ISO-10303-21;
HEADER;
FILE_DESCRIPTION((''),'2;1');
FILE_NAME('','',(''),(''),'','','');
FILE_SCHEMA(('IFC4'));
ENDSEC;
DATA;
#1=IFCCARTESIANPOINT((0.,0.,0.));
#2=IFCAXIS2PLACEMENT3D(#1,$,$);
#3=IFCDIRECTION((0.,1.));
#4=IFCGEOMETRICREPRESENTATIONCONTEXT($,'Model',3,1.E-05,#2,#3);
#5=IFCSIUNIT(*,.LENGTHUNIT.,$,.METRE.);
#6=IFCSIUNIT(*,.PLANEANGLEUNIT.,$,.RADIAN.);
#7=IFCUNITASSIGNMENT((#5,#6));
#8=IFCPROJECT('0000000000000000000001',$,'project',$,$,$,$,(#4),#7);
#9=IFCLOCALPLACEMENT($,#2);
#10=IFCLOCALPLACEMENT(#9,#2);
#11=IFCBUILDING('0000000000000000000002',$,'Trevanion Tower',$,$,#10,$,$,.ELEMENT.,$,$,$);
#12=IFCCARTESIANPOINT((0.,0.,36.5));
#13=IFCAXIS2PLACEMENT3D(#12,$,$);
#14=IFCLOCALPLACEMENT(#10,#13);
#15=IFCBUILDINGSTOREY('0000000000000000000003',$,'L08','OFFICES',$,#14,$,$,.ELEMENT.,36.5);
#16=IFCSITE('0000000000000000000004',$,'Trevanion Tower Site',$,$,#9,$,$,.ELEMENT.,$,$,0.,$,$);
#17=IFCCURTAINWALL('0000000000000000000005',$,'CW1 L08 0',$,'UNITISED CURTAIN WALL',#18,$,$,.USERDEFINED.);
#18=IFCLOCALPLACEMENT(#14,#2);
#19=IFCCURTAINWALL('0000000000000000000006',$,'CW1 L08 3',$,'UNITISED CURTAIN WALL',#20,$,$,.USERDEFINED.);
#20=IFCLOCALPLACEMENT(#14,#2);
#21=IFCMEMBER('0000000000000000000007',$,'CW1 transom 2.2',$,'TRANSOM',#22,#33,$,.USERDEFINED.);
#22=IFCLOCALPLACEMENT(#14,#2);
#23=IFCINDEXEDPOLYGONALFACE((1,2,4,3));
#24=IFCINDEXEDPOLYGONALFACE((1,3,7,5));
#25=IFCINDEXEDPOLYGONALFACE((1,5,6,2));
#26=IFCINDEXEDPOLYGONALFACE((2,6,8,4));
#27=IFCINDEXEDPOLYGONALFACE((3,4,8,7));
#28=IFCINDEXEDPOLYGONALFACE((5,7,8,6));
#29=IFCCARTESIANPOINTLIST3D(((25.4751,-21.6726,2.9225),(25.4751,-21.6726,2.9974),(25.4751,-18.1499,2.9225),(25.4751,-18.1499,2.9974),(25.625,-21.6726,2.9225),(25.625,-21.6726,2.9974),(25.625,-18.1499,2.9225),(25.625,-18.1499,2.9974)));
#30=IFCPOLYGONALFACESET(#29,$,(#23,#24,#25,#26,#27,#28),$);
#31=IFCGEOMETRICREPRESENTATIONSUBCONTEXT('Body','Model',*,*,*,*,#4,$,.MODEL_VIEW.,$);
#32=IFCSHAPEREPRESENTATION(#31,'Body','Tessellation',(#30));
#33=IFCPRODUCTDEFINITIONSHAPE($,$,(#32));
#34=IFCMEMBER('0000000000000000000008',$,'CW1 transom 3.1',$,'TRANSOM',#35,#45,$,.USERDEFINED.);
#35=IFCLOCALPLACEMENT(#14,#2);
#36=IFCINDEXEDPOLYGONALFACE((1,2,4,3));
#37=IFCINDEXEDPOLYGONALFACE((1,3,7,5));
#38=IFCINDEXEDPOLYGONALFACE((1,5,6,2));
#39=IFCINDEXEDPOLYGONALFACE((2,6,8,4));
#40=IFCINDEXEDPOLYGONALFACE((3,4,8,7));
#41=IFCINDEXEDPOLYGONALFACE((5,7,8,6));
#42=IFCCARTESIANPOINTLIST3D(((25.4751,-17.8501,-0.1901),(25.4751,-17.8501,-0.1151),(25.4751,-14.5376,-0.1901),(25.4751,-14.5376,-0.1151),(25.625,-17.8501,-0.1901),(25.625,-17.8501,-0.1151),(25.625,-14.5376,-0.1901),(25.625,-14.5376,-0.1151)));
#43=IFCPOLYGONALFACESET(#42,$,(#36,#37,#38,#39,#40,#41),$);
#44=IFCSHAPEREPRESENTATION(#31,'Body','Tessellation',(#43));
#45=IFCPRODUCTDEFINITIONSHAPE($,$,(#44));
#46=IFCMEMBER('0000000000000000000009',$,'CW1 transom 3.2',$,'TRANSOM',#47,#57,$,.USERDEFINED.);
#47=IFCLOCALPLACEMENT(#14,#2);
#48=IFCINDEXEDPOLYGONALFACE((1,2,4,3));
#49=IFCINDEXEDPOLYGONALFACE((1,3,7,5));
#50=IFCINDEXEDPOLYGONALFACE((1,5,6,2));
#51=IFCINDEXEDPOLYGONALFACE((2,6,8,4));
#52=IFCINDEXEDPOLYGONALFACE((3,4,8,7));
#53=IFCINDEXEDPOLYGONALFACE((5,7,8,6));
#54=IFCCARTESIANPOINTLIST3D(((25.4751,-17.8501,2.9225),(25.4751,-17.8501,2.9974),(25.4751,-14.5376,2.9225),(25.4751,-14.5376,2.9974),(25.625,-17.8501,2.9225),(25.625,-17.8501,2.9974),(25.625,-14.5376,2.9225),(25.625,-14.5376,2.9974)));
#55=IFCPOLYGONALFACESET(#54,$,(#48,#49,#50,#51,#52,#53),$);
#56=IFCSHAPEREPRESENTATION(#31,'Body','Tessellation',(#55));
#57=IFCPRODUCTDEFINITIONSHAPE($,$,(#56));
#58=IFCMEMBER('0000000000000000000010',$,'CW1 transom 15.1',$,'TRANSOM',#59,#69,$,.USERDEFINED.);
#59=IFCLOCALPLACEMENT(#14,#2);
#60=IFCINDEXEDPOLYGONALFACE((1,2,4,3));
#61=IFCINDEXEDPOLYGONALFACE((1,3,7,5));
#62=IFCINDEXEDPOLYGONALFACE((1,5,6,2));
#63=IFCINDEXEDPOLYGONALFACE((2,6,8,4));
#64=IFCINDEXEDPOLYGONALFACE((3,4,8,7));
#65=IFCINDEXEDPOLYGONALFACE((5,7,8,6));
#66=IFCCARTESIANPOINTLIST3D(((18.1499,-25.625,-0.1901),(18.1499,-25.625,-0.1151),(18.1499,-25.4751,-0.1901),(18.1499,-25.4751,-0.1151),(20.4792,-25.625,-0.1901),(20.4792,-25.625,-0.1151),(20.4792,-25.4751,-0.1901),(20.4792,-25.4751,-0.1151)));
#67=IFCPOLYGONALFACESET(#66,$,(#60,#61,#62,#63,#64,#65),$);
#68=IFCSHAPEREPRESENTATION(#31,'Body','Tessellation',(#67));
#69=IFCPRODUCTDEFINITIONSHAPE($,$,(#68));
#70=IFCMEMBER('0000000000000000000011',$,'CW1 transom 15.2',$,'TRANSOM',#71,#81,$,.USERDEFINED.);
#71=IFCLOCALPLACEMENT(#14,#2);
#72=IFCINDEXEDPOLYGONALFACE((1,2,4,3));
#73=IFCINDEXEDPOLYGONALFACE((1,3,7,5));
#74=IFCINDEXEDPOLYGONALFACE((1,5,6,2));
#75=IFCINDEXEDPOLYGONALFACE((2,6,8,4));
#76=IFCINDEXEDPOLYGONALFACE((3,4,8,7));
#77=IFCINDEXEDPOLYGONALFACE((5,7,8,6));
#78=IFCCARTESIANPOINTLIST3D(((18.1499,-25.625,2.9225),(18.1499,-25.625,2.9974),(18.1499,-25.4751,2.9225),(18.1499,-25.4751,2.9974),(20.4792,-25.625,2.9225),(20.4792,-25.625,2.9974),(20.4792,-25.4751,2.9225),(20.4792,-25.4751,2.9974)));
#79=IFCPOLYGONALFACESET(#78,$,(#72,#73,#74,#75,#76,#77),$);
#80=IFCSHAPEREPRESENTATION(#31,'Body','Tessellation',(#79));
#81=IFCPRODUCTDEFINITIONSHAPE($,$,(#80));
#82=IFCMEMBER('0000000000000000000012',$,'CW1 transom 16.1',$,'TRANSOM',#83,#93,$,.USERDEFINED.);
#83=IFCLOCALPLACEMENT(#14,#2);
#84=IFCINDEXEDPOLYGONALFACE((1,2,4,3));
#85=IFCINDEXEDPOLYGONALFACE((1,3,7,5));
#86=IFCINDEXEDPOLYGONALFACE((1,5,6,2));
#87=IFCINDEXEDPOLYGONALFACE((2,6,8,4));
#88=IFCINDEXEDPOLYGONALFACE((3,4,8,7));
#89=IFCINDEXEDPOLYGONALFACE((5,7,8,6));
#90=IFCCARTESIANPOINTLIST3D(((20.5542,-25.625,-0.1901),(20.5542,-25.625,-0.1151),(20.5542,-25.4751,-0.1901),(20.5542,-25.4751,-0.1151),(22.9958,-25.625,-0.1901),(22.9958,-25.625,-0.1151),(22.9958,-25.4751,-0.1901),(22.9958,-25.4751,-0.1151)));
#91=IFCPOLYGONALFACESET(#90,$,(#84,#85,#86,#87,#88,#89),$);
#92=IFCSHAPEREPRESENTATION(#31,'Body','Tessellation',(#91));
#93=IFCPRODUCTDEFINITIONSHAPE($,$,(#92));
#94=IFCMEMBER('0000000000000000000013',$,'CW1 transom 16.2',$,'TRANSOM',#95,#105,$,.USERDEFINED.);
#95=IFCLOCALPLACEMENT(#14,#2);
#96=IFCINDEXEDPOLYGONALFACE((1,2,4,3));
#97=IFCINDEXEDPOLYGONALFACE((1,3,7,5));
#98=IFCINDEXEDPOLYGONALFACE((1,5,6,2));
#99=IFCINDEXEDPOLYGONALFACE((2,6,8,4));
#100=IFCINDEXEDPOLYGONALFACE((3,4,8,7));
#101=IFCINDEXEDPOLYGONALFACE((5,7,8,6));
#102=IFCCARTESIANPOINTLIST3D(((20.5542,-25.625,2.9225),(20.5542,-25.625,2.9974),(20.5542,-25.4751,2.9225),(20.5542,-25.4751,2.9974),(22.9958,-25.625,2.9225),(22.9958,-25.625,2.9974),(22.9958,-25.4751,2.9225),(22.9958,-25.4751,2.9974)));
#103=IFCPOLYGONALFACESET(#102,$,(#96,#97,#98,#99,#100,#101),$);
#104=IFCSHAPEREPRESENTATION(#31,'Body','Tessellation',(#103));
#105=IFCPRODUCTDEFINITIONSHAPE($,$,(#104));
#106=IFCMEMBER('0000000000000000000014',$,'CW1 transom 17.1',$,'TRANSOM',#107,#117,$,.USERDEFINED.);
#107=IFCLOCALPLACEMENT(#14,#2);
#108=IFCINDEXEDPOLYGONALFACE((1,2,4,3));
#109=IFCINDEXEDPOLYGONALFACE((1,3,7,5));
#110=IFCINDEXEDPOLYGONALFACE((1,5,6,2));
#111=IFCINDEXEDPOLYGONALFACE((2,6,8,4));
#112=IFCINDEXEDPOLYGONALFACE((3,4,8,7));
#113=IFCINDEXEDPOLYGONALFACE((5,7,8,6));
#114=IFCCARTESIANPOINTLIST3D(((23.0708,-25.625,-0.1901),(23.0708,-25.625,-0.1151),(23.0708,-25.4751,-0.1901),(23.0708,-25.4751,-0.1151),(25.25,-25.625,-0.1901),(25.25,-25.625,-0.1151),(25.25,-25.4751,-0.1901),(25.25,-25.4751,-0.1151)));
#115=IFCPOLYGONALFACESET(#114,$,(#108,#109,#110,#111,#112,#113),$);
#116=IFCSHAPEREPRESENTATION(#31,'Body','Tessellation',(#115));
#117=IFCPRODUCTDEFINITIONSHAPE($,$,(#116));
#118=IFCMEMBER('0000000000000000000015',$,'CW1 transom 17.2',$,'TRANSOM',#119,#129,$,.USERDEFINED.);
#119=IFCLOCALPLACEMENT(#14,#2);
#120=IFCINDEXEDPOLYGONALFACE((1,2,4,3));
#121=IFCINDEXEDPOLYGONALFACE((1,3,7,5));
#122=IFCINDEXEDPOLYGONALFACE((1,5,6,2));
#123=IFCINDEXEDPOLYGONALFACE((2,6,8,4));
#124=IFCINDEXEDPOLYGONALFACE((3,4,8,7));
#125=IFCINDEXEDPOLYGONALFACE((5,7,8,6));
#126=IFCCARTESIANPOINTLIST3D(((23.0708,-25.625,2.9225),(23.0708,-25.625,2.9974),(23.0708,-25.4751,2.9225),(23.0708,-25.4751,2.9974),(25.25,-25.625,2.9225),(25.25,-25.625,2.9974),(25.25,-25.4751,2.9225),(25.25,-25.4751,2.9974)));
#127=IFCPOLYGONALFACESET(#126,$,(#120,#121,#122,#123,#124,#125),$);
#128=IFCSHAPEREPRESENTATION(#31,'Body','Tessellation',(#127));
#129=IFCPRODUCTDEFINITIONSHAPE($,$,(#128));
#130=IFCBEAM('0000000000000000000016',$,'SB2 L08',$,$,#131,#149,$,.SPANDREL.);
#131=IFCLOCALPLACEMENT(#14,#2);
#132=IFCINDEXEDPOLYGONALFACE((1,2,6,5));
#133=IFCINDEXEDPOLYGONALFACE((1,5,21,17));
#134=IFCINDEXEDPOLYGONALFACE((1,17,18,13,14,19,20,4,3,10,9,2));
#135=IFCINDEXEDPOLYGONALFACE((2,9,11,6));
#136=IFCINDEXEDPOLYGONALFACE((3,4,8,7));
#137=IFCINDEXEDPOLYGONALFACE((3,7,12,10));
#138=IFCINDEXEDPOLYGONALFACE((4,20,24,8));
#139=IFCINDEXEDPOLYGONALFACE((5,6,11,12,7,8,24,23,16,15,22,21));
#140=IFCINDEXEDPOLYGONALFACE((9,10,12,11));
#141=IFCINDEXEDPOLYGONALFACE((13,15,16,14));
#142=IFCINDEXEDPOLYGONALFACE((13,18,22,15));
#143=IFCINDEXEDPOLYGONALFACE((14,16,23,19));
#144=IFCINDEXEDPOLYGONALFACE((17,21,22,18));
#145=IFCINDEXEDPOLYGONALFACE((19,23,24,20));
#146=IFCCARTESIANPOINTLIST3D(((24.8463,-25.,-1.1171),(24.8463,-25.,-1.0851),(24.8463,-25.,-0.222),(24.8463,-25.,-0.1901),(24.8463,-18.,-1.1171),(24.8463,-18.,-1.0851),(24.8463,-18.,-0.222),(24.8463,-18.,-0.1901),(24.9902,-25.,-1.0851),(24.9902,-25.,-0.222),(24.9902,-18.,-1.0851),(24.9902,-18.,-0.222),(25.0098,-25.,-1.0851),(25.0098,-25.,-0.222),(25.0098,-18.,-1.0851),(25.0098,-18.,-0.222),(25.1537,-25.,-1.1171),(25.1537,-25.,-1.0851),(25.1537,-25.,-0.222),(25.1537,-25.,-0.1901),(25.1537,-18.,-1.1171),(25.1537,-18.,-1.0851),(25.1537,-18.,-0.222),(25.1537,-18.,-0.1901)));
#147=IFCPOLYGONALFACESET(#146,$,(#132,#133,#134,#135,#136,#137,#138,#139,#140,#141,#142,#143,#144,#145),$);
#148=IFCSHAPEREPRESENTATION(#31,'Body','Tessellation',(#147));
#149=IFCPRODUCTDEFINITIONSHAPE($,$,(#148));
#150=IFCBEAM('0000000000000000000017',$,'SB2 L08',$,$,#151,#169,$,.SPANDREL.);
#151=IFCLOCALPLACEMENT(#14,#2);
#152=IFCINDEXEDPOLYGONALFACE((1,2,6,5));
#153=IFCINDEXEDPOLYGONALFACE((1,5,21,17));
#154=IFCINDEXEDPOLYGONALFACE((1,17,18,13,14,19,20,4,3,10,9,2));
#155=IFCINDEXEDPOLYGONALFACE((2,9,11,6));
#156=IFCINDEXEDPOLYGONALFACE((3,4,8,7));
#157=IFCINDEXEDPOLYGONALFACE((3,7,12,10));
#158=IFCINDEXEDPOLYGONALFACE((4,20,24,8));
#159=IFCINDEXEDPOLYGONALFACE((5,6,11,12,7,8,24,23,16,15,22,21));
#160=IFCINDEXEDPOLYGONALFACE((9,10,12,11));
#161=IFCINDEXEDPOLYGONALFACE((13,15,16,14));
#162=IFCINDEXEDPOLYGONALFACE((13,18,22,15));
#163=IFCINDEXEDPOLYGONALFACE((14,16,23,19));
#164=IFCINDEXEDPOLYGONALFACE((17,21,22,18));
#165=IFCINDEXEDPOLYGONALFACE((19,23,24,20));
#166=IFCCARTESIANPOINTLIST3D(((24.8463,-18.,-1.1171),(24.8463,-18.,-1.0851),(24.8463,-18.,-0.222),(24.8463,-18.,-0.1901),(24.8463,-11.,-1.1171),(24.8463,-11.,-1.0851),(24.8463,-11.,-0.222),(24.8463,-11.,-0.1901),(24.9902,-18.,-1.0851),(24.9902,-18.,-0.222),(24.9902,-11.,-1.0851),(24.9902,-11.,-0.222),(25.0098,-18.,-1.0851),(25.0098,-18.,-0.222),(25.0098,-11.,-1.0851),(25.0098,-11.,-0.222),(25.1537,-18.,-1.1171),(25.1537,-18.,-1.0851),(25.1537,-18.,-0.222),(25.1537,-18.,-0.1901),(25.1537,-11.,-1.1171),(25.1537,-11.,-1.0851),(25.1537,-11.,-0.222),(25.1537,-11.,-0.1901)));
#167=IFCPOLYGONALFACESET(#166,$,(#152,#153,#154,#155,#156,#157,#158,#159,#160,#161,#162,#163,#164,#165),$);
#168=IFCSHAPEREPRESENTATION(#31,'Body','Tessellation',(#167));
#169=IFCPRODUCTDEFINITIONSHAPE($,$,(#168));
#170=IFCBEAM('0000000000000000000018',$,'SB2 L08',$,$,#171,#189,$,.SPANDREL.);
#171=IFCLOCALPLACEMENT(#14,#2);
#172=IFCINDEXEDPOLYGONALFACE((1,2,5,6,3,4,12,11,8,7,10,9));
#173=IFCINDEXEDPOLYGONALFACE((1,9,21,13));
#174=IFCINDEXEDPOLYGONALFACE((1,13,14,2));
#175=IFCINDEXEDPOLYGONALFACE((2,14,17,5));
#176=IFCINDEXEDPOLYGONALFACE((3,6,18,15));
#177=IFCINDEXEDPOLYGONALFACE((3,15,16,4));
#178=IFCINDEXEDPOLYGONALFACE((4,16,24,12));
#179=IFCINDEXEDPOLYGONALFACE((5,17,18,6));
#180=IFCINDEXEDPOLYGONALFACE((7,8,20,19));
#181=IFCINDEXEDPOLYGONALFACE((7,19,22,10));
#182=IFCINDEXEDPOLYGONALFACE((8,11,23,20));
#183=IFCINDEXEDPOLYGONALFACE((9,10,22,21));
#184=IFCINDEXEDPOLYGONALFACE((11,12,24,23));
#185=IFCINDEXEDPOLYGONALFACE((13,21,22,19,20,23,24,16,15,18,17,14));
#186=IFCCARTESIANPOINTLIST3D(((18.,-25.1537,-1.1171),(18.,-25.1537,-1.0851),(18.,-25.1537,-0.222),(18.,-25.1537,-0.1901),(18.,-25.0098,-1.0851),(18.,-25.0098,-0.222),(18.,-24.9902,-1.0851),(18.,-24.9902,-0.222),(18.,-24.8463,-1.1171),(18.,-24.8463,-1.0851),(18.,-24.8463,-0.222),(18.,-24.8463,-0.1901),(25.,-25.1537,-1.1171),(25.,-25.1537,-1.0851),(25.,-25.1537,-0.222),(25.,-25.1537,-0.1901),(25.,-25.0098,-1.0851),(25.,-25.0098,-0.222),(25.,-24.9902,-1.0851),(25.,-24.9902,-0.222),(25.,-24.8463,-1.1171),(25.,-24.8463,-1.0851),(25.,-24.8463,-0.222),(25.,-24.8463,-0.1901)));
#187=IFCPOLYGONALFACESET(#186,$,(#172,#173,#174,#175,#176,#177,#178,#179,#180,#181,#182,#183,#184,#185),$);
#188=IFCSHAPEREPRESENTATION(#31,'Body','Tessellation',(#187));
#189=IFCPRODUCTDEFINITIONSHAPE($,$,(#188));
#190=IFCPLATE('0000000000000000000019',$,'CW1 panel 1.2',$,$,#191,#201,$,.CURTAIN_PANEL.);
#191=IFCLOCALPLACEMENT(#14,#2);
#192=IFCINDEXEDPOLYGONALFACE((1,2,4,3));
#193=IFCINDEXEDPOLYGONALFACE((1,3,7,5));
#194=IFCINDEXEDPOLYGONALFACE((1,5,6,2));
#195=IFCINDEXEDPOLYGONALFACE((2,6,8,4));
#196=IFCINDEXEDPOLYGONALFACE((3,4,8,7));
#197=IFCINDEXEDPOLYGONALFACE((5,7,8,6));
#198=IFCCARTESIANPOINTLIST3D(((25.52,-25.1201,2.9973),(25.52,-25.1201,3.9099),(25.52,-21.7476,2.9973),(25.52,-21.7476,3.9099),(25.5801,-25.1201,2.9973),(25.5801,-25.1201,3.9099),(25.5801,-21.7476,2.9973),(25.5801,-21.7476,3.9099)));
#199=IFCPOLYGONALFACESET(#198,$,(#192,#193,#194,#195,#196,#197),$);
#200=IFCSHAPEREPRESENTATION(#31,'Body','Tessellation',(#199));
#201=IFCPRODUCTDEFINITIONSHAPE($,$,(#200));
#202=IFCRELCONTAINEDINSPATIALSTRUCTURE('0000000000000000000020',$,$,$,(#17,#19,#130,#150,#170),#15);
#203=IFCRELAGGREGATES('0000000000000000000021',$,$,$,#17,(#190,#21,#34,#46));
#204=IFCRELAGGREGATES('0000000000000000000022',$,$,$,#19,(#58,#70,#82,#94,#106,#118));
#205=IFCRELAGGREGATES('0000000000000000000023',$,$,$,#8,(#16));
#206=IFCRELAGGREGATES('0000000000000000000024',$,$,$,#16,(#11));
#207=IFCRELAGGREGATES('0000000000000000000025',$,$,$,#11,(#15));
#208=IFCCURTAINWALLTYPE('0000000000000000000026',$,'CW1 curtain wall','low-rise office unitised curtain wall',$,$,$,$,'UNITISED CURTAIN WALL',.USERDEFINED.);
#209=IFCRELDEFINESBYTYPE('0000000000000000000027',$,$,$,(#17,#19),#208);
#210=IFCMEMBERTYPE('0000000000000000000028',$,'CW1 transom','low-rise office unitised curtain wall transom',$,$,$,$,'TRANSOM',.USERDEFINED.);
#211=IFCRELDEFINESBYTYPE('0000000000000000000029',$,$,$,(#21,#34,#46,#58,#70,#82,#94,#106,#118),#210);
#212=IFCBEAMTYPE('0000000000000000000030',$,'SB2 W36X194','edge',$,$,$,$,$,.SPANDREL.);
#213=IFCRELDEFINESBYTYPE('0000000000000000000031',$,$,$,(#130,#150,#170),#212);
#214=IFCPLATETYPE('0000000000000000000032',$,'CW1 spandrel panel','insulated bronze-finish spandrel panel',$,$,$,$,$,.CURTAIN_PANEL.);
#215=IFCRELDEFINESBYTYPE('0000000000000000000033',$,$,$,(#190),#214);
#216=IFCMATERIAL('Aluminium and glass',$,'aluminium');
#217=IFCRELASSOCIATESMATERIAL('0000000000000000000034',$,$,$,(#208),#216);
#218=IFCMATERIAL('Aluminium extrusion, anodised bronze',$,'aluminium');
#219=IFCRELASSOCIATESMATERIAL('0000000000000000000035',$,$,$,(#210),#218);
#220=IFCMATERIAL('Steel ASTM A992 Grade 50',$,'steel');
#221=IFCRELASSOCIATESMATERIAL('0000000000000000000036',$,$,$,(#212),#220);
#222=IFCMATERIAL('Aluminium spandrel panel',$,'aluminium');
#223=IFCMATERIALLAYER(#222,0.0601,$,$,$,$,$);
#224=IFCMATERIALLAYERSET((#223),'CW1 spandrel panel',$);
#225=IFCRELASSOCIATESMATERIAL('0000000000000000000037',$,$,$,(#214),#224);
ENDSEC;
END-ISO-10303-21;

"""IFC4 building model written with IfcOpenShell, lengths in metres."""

from ifc_helpers import new_model, si_unit, direction, frame, origin, origin_2d, place, context, subcontext, project, spatial, rectangle, i_section, extrude, material, layer, layer_set, material_profile, profile_set, type_object, element, aggregate, save


model = new_model("IFC4")

# Units and contexts
model_context = context("Model", 3, precision=1e-05, world=origin(), true_north=direction((0.0, 1.0)))
body_context = subcontext(model_context, "Body", "Model", "MODEL_VIEW")
ifc_project = project(units=[si_unit("LENGTHUNIT", "METRE"), si_unit("PLANEANGLEUNIT", "RADIAN")], contexts=[model_context])

# Site, building, storey
site_placement = place(None, origin())
site = spatial("IfcSite", under=ifc_project, at=site_placement, Name="Trevanion Tower Site", CompositionType="ELEMENT", RefElevation=0.0)
building_placement = place(site_placement, origin())
building = spatial("IfcBuilding", under=site, at=building_placement, Name="Trevanion Tower", CompositionType="ELEMENT")
storey_placement = place(building_placement, frame((0.0, 0.0, 36.5)))
storey = spatial("IfcBuildingStorey", under=building, at=storey_placement, Name="L08", Description="OFFICES", CompositionType="ELEMENT", Elevation=36.5)

# Curtain wall
ifc_material_1 = material(Name="Aluminium and glass", Category="aluminium")
curtain_wall_type = type_object("IfcCurtainWallType", Name="CW1 curtain wall", Description="low-rise office unitised curtain wall", ElementType="UNITISED CURTAIN WALL", PredefinedType="USERDEFINED", material=ifc_material_1)
curtain_wall_1_placement = place(storey_placement, origin())
curtain_wall_1 = element("IfcCurtainWall", 1, at=curtain_wall_1_placement, inside=storey, type_object=curtain_wall_type, Name="CW1 L08 0", ObjectType="UNITISED CURTAIN WALL", PredefinedType="USERDEFINED")

# Curtain wall
curtain_wall_2_placement = place(storey_placement, origin())
curtain_wall_2 = element("IfcCurtainWall", 2, at=curtain_wall_2_placement, inside=storey, type_object=curtain_wall_type, Name="CW1 L08 3", ObjectType="UNITISED CURTAIN WALL", PredefinedType="USERDEFINED")

# Members
ifc_material_2 = material(Name="Aluminium extrusion, anodised bronze", Category="aluminium")
ifc_material_profile_1 = material_profile(ifc_material_2, rectangle(XDim=0.1499, YDim=0.075, at=origin_2d()), Name="CW1 transom")
ifc_profile_set_1 = profile_set([ifc_material_profile_1], Name="Aluminium extrusion, anodised bronze")
member_type_1 = type_object("IfcMemberType", Name="CW1 transom", Description="low-rise office unitised curtain wall transom", ElementType="TRANSOM", PredefinedType="USERDEFINED", material=ifc_profile_set_1)
member_1_placement = place(storey_placement, frame((25.55, -21.6726, 2.96), z_axis=(0.0, 1.0, 0.0), x_axis=(-1.0, 0.0, 0.0)))
member_1 = element("IfcMember", 3, at=member_1_placement, type_object=member_type_1, Name="CW1 transom 2.2", ObjectType="TRANSOM", PredefinedType="USERDEFINED", context=body_context, shape_type="SweptSolid", body=[
    extrude(rectangle(XDim=0.1499, YDim=0.075, at=origin_2d()), origin(), (0.0, 0.0, 1.0), 3.5227),
])
member_2_placement = place(storey_placement, frame((25.55, -17.8501, -0.1526), z_axis=(0.0, 1.0, 0.0), x_axis=(-1.0, 0.0, 0.0)))
member_2 = element("IfcMember", 4, at=member_2_placement, type_object=member_type_1, Name="CW1 transom 3.1", ObjectType="TRANSOM", PredefinedType="USERDEFINED", context=body_context, shape_type="SweptSolid", body=[
    extrude(rectangle(XDim=0.1499, YDim=0.075, at=origin_2d()), origin(), (0.0, 0.0, 1.0), 3.3125),
])
member_3_placement = place(storey_placement, frame((25.55, -17.8501, 2.96), z_axis=(0.0, 1.0, 0.0), x_axis=(-1.0, 0.0, 0.0)))
member_3 = element("IfcMember", 5, at=member_3_placement, type_object=member_type_1, Name="CW1 transom 3.2", ObjectType="TRANSOM", PredefinedType="USERDEFINED", context=body_context, shape_type="SweptSolid", body=[
    extrude(rectangle(XDim=0.1499, YDim=0.075, at=origin_2d()), origin(), (0.0, 0.0, 1.0), 3.3125),
])
member_4_placement = place(storey_placement, frame((18.1499, -25.55, -0.1526), z_axis=(1.0, 0.0, 0.0), x_axis=(0.0, 1.0, 0.0)))
member_4 = element("IfcMember", 6, at=member_4_placement, type_object=member_type_1, Name="CW1 transom 15.1", ObjectType="TRANSOM", PredefinedType="USERDEFINED", context=body_context, shape_type="SweptSolid", body=[
    extrude(rectangle(XDim=0.1499, YDim=0.075, at=origin_2d()), origin(), (0.0, 0.0, 1.0), 2.3293),
])
member_5_placement = place(storey_placement, frame((18.1499, -25.55, 2.96), z_axis=(1.0, 0.0, 0.0), x_axis=(0.0, 1.0, 0.0)))
member_5 = element("IfcMember", 7, at=member_5_placement, type_object=member_type_1, Name="CW1 transom 15.2", ObjectType="TRANSOM", PredefinedType="USERDEFINED", context=body_context, shape_type="SweptSolid", body=[
    extrude(rectangle(XDim=0.1499, YDim=0.075, at=origin_2d()), origin(), (0.0, 0.0, 1.0), 2.3293),
])
member_6_placement = place(storey_placement, frame((20.5542, -25.55, -0.1526), z_axis=(1.0, 0.0, 0.0), x_axis=(0.0, 1.0, 0.0)))
member_6 = element("IfcMember", 8, at=member_6_placement, type_object=member_type_1, Name="CW1 transom 16.1", ObjectType="TRANSOM", PredefinedType="USERDEFINED", context=body_context, shape_type="SweptSolid", body=[
    extrude(rectangle(XDim=0.1499, YDim=0.075, at=origin_2d()), origin(), (0.0, 0.0, 1.0), 2.4417),
])
member_7_placement = place(storey_placement, frame((20.5542, -25.55, 2.96), z_axis=(1.0, 0.0, 0.0), x_axis=(0.0, 1.0, 0.0)))
member_7 = element("IfcMember", 9, at=member_7_placement, type_object=member_type_1, Name="CW1 transom 16.2", ObjectType="TRANSOM", PredefinedType="USERDEFINED", context=body_context, shape_type="SweptSolid", body=[
    extrude(rectangle(XDim=0.1499, YDim=0.075, at=origin_2d()), origin(), (0.0, 0.0, 1.0), 2.4417),
])
member_8_placement = place(storey_placement, frame((23.0708, -25.55, -0.1526), z_axis=(1.0, 0.0, 0.0), x_axis=(0.0, 1.0, 0.0)))
member_8 = element("IfcMember", 10, at=member_8_placement, type_object=member_type_1, Name="CW1 transom 17.1", ObjectType="TRANSOM", PredefinedType="USERDEFINED", context=body_context, shape_type="SweptSolid", body=[
    extrude(rectangle(XDim=0.1499, YDim=0.075, at=origin_2d()), origin(), (0.0, 0.0, 1.0), 2.1792),
])
member_9_placement = place(storey_placement, frame((23.0708, -25.55, 2.96), z_axis=(1.0, 0.0, 0.0), x_axis=(0.0, 1.0, 0.0)))
member_9 = element("IfcMember", 11, at=member_9_placement, type_object=member_type_1, Name="CW1 transom 17.2", ObjectType="TRANSOM", PredefinedType="USERDEFINED", context=body_context, shape_type="SweptSolid", body=[
    extrude(rectangle(XDim=0.1499, YDim=0.075, at=origin_2d()), origin(), (0.0, 0.0, 1.0), 2.1792),
])

# Beams
ifc_material_3 = material(Name="Steel ASTM A992 Grade 50", Category="steel")
ifc_material_profile_2 = material_profile(ifc_material_3, i_section(OverallWidth=0.3074, OverallDepth=0.927, WebThickness=0.0195, FlangeThickness=0.032, at=origin_2d()), Name="W36X194")
ifc_profile_set_2 = profile_set([ifc_material_profile_2], Name="Steel ASTM A992 Grade 50")
beam_type = type_object("IfcBeamType", Name="SB2 W36X194", Description="edge", PredefinedType="SPANDREL", material=ifc_profile_set_2)
for number, where, z_axis, x_axis, name in (
    (12, (25.0, -25.0, -0.6536), (0.0, 1.0, 0.0), (-1.0, 0.0, 0.0), "SB2 L08"),
    (13, (25.0, -18.0, -0.6536), (0.0, 1.0, 0.0), (-1.0, 0.0, 0.0), "SB2 L08"),
    (14, (18.0, -25.0, -0.6536), (1.0, 0.0, 0.0), (0.0, 1.0, 0.0), "SB2 L08"),
):
    element("IfcBeam", number, at=place(storey_placement, frame(where, z_axis=z_axis, x_axis=x_axis)), inside=storey, type_object=beam_type, Name=name, PredefinedType="SPANDREL", context=body_context, shape_type="SweptSolid", body=[
        extrude(i_section(OverallWidth=0.3074, OverallDepth=0.927, WebThickness=0.0195, FlangeThickness=0.032, at=origin_2d()), origin(), (0.0, 0.0, 1.0), 7.0),
    ])

# Plate
ifc_material_4 = material(Name="Aluminium spandrel panel", Category="aluminium")
ifc_layer_1 = layer(ifc_material_4, 0.0601)
ifc_layer_set_1 = layer_set([ifc_layer_1], Name="CW1 spandrel panel")
plate_type_1 = type_object("IfcPlateType", Name="CW1 spandrel panel", Description="insulated bronze-finish spandrel panel", PredefinedType="CURTAIN_PANEL", material=ifc_layer_set_1)
plate_1_placement = place(storey_placement, frame((25.55, -23.4338, 2.9973), z_axis=(0.0, 0.0, 1.0), x_axis=(0.0, 1.0, 0.0)))
plate_1 = element("IfcPlate", 15, at=plate_1_placement, type_object=plate_type_1, Name="CW1 panel 1.2", PredefinedType="CURTAIN_PANEL", context=body_context, shape_type="SweptSolid", body=[
    extrude(rectangle(XDim=3.3726, YDim=0.0601, at=origin_2d()), origin(), (0.0, 0.0, 1.0), 0.9126),
])
aggregate(curtain_wall_1, [plate_1, member_1, member_2, member_3])
aggregate(curtain_wall_2, [member_4, member_5, member_6, member_7, member_8, member_9])

save(model, "model.ifc")
